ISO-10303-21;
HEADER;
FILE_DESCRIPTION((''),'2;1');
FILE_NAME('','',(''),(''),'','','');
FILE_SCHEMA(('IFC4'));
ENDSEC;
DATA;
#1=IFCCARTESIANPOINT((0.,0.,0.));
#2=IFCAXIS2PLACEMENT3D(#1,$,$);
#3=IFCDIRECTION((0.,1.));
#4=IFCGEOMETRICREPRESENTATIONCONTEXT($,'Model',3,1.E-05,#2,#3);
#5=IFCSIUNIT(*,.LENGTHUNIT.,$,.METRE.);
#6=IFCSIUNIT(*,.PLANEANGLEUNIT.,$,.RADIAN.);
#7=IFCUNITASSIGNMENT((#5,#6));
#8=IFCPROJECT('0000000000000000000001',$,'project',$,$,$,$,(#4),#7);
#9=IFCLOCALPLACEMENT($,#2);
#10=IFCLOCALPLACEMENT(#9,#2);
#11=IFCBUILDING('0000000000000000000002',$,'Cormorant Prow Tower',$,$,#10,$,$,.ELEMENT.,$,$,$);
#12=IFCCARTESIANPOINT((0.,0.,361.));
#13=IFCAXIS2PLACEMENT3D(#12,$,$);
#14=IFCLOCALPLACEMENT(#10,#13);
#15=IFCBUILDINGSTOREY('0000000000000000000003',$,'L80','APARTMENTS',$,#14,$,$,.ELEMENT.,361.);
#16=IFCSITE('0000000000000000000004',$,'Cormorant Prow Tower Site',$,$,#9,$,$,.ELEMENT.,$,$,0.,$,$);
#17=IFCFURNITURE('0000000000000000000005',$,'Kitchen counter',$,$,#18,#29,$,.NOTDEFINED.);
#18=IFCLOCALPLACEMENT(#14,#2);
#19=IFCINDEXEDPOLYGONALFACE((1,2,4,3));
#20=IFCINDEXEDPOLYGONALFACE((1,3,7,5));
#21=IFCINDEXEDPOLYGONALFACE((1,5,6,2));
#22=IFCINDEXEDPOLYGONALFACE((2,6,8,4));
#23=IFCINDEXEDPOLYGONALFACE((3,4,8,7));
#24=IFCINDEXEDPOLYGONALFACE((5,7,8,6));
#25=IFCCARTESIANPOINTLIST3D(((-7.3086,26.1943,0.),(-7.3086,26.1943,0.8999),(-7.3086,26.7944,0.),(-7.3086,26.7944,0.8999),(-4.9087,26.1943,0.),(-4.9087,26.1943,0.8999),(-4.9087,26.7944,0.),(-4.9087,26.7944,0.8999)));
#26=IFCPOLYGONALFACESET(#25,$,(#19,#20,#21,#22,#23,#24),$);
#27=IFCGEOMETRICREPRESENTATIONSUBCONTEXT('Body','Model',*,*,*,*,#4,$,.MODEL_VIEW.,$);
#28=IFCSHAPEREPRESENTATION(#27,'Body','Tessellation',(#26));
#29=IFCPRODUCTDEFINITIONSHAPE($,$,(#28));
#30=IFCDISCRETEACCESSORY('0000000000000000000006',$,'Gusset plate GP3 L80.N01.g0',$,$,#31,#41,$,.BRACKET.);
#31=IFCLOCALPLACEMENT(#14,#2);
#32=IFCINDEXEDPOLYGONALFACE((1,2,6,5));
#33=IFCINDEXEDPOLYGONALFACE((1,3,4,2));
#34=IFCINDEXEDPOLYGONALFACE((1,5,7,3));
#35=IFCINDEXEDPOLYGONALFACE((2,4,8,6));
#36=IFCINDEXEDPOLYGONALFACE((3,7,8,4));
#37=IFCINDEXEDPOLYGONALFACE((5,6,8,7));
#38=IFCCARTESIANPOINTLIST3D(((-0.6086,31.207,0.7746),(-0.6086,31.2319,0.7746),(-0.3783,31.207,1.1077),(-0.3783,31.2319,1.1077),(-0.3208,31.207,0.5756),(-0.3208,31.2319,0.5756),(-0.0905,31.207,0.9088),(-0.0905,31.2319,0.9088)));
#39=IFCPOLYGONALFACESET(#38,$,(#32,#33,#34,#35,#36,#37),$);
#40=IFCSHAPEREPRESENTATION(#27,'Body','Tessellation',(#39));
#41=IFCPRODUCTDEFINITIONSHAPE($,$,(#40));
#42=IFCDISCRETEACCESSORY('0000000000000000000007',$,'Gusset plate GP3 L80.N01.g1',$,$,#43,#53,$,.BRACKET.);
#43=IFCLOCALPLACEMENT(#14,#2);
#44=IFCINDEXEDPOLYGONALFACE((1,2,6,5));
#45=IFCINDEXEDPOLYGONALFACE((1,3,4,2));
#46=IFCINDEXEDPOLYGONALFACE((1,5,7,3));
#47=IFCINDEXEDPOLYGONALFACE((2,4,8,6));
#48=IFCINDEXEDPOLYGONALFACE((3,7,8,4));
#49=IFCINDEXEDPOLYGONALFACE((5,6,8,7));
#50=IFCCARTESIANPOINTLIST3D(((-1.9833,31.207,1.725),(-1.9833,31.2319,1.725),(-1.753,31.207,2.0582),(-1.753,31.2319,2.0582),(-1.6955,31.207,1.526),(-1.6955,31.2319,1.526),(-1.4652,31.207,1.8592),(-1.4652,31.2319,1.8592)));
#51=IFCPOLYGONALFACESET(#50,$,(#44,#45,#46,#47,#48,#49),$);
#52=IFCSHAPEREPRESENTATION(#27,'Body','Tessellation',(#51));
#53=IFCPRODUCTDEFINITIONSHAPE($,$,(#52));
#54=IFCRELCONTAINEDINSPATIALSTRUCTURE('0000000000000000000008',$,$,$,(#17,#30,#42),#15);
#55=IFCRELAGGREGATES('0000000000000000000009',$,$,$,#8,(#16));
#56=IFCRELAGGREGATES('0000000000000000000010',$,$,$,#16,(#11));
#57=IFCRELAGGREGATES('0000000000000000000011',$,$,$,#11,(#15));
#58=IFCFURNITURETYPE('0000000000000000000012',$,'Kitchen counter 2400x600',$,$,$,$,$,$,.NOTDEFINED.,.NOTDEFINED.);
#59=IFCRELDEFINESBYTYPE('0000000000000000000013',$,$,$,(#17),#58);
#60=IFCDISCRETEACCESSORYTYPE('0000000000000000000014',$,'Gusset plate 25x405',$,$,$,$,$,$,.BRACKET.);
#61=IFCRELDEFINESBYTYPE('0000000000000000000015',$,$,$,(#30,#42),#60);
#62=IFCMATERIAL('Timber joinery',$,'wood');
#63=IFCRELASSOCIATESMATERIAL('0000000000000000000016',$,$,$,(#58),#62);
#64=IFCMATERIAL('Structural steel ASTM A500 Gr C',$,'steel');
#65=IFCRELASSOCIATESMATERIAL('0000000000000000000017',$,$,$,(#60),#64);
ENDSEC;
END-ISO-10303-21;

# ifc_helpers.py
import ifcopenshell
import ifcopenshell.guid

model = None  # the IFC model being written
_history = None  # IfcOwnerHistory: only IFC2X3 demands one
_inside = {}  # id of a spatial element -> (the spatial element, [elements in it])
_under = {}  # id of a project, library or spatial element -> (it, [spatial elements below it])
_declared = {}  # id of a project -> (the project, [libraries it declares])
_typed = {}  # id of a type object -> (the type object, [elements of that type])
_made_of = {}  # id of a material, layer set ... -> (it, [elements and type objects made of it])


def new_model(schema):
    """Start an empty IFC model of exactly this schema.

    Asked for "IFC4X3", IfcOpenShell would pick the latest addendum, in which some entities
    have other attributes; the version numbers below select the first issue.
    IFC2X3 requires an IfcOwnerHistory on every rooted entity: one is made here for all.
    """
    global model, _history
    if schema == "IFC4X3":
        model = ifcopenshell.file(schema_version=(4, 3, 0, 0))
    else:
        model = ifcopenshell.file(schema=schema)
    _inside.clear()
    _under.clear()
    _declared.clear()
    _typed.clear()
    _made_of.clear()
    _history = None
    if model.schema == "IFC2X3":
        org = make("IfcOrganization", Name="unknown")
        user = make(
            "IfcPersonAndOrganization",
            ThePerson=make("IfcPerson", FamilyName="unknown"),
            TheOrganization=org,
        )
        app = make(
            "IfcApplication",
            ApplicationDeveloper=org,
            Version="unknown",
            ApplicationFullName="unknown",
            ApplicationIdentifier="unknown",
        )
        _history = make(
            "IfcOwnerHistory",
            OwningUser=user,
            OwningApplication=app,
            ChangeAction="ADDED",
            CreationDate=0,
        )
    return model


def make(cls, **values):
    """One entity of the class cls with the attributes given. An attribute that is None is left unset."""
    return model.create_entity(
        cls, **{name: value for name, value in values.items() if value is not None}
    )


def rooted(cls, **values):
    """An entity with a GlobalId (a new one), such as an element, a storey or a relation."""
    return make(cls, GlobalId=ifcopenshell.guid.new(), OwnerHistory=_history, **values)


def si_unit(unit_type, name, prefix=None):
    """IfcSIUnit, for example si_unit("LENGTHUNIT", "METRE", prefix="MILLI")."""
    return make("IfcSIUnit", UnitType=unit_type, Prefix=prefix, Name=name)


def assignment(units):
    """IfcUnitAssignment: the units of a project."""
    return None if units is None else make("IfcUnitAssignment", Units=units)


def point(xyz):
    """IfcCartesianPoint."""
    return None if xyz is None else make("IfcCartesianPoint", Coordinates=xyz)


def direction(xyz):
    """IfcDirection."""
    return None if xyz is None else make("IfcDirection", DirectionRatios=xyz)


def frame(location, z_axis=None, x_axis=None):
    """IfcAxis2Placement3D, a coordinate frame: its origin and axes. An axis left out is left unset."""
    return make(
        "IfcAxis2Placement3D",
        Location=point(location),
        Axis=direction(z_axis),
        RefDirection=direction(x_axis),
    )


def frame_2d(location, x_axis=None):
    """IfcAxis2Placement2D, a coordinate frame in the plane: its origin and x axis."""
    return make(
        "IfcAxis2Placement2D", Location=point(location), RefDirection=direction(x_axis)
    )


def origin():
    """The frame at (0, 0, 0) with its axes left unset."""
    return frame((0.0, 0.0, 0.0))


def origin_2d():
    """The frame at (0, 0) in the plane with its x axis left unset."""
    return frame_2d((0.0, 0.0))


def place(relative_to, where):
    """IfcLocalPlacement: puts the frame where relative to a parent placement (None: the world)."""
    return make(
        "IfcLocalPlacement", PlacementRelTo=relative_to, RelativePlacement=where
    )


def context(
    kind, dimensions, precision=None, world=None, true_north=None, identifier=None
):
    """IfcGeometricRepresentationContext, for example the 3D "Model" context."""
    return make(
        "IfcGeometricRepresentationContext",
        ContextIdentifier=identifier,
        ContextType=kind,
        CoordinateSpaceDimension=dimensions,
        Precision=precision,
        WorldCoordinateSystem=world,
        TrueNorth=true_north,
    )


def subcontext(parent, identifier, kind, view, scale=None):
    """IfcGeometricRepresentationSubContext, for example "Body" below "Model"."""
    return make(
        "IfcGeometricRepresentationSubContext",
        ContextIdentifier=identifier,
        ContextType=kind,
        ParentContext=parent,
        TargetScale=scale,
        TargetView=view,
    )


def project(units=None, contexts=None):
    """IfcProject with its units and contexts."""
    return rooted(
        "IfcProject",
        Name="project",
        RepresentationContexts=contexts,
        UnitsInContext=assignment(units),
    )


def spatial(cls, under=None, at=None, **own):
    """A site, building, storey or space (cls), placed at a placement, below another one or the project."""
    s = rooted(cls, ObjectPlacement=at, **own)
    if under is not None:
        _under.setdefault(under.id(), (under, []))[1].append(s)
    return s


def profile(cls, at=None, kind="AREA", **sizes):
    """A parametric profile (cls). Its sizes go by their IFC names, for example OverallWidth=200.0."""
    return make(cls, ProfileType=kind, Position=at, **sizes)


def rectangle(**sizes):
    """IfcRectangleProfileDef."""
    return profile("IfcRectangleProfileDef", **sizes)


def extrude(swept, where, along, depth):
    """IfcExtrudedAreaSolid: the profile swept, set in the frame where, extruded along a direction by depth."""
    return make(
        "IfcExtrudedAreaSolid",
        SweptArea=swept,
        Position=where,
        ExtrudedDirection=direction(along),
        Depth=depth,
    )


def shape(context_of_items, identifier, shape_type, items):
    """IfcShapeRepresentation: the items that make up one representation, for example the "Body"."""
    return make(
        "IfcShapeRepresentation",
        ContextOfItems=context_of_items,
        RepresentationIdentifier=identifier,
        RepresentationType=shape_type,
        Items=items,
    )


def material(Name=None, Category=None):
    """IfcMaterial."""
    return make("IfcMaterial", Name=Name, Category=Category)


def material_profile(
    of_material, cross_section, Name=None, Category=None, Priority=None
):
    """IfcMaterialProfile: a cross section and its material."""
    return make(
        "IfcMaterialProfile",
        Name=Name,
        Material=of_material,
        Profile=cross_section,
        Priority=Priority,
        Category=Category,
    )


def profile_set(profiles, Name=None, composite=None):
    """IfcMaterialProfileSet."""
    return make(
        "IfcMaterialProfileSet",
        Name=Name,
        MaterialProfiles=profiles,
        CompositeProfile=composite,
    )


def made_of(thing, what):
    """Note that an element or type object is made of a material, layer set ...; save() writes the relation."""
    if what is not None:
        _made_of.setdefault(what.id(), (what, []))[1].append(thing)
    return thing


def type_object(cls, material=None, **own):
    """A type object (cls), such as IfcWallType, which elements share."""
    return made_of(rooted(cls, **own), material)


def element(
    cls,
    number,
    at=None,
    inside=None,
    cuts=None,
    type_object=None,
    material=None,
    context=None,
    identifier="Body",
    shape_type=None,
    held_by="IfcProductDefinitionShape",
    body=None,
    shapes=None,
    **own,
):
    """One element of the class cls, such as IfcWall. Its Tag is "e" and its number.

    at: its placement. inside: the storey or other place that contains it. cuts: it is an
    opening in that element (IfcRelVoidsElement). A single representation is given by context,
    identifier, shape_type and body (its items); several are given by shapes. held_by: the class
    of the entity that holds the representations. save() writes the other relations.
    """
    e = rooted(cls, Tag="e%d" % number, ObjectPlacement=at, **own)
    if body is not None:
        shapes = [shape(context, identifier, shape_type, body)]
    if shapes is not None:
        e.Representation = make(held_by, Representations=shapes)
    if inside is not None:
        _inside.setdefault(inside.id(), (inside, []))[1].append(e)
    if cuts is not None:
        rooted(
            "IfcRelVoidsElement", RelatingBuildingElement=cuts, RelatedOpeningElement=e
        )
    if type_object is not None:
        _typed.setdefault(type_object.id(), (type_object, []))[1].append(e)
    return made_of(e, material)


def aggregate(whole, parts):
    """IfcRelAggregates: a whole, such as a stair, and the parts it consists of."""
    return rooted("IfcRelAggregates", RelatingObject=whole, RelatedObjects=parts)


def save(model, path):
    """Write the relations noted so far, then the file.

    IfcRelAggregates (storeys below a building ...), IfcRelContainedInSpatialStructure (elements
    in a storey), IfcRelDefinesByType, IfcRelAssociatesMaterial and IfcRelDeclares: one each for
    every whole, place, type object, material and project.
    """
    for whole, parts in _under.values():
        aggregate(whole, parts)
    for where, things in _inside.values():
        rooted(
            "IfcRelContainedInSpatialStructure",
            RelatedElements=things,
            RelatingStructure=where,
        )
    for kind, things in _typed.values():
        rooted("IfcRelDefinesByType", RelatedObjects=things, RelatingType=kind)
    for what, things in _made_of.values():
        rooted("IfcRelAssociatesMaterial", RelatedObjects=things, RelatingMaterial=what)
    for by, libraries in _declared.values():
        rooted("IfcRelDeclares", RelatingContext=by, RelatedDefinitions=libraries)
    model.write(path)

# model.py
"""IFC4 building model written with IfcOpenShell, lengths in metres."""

from ifc_helpers import new_model, si_unit, direction, frame, origin, origin_2d, place, context, subcontext, project, spatial, rectangle, extrude, material, material_profile, profile_set, type_object, element, save


model = new_model("IFC4")

# Units and contexts
model_context = context("Model", 3, precision=1e-05, world=origin(), true_north=direction((0.0, 1.0)))
body_context = subcontext(model_context, "Body", "Model", "MODEL_VIEW")
ifc_project = project(units=[si_unit("LENGTHUNIT", "METRE"), si_unit("PLANEANGLEUNIT", "RADIAN")], contexts=[model_context])

# Site, building, storey
site_placement = place(None, origin())
site = spatial("IfcSite", under=ifc_project, at=site_placement, Name="Cormorant Prow Tower Site", CompositionType="ELEMENT", RefElevation=0.0)
building_placement = place(site_placement, origin())
building = spatial("IfcBuilding", under=site, at=building_placement, Name="Cormorant Prow Tower", CompositionType="ELEMENT")
storey_placement = place(building_placement, frame((0.0, 0.0, 361.0)))
storey = spatial("IfcBuildingStorey", under=building, at=storey_placement, Name="L80", Description="APARTMENTS", CompositionType="ELEMENT", Elevation=361.0)

# Furniture
ifc_material_1 = material(Name="Timber joinery", Category="wood")
furniture_type = type_object("IfcFurnitureType", Name="Kitchen counter 2400x600", AssemblyPlace="NOTDEFINED", PredefinedType="NOTDEFINED", material=ifc_material_1)
furniture_placement = place(storey_placement, frame((-6.1086, 26.4944, 0.0), z_axis=(0.0, 0.0, 1.0), x_axis=(1.0, 0.0, 0.0)))
element("IfcFurniture", 1, at=furniture_placement, inside=storey, type_object=furniture_type, Name="Kitchen counter", PredefinedType="NOTDEFINED", context=body_context, shape_type="SweptSolid", body=[
    extrude(rectangle(XDim=2.3999, YDim=0.6001, at=origin_2d()), origin(), (0.0, 0.0, 1.0), 0.8999),
])

# Discrete accessories
ifc_material_2 = material(Name="Structural steel ASTM A500 Gr C", Category="steel")
ifc_material_profile_1 = material_profile(ifc_material_2, rectangle(XDim=0.0249, YDim=0.405, at=origin_2d()), Name="Gusset plate 25x405")
ifc_profile_set_1 = profile_set([ifc_material_profile_1], Name="Structural steel ASTM A500 Gr C")
discrete_accessory_type = type_object("IfcDiscreteAccessoryType", Name="Gusset plate 25x405", PredefinedType="BRACKET", material=ifc_profile_set_1)
for number, where, z_axis, x_axis, name in (
    (2, (-0.4934, 31.2195, 0.9412), (0.822594, 0.0, -0.568629), (0.0, 1.0, 0.0), "Gusset plate GP3 L80.N01.g0"),
    (3, (-1.5803, 31.2195, 1.6926), (-0.822594, 0.0, 0.568629), (0.0, -1.0, 0.0), "Gusset plate GP3 L80.N01.g1"),
):
    element("IfcDiscreteAccessory", number, at=place(storey_placement, frame(where, z_axis=z_axis, x_axis=x_axis)), inside=storey, type_object=discrete_accessory_type, Name=name, PredefinedType="BRACKET", context=body_context, shape_type="SweptSolid", body=[
        extrude(rectangle(XDim=0.0249, YDim=0.405, at=origin_2d()), origin(), (0.0, 0.0, 1.0), 0.3499),
    ])

save(model, "model.ifc")
